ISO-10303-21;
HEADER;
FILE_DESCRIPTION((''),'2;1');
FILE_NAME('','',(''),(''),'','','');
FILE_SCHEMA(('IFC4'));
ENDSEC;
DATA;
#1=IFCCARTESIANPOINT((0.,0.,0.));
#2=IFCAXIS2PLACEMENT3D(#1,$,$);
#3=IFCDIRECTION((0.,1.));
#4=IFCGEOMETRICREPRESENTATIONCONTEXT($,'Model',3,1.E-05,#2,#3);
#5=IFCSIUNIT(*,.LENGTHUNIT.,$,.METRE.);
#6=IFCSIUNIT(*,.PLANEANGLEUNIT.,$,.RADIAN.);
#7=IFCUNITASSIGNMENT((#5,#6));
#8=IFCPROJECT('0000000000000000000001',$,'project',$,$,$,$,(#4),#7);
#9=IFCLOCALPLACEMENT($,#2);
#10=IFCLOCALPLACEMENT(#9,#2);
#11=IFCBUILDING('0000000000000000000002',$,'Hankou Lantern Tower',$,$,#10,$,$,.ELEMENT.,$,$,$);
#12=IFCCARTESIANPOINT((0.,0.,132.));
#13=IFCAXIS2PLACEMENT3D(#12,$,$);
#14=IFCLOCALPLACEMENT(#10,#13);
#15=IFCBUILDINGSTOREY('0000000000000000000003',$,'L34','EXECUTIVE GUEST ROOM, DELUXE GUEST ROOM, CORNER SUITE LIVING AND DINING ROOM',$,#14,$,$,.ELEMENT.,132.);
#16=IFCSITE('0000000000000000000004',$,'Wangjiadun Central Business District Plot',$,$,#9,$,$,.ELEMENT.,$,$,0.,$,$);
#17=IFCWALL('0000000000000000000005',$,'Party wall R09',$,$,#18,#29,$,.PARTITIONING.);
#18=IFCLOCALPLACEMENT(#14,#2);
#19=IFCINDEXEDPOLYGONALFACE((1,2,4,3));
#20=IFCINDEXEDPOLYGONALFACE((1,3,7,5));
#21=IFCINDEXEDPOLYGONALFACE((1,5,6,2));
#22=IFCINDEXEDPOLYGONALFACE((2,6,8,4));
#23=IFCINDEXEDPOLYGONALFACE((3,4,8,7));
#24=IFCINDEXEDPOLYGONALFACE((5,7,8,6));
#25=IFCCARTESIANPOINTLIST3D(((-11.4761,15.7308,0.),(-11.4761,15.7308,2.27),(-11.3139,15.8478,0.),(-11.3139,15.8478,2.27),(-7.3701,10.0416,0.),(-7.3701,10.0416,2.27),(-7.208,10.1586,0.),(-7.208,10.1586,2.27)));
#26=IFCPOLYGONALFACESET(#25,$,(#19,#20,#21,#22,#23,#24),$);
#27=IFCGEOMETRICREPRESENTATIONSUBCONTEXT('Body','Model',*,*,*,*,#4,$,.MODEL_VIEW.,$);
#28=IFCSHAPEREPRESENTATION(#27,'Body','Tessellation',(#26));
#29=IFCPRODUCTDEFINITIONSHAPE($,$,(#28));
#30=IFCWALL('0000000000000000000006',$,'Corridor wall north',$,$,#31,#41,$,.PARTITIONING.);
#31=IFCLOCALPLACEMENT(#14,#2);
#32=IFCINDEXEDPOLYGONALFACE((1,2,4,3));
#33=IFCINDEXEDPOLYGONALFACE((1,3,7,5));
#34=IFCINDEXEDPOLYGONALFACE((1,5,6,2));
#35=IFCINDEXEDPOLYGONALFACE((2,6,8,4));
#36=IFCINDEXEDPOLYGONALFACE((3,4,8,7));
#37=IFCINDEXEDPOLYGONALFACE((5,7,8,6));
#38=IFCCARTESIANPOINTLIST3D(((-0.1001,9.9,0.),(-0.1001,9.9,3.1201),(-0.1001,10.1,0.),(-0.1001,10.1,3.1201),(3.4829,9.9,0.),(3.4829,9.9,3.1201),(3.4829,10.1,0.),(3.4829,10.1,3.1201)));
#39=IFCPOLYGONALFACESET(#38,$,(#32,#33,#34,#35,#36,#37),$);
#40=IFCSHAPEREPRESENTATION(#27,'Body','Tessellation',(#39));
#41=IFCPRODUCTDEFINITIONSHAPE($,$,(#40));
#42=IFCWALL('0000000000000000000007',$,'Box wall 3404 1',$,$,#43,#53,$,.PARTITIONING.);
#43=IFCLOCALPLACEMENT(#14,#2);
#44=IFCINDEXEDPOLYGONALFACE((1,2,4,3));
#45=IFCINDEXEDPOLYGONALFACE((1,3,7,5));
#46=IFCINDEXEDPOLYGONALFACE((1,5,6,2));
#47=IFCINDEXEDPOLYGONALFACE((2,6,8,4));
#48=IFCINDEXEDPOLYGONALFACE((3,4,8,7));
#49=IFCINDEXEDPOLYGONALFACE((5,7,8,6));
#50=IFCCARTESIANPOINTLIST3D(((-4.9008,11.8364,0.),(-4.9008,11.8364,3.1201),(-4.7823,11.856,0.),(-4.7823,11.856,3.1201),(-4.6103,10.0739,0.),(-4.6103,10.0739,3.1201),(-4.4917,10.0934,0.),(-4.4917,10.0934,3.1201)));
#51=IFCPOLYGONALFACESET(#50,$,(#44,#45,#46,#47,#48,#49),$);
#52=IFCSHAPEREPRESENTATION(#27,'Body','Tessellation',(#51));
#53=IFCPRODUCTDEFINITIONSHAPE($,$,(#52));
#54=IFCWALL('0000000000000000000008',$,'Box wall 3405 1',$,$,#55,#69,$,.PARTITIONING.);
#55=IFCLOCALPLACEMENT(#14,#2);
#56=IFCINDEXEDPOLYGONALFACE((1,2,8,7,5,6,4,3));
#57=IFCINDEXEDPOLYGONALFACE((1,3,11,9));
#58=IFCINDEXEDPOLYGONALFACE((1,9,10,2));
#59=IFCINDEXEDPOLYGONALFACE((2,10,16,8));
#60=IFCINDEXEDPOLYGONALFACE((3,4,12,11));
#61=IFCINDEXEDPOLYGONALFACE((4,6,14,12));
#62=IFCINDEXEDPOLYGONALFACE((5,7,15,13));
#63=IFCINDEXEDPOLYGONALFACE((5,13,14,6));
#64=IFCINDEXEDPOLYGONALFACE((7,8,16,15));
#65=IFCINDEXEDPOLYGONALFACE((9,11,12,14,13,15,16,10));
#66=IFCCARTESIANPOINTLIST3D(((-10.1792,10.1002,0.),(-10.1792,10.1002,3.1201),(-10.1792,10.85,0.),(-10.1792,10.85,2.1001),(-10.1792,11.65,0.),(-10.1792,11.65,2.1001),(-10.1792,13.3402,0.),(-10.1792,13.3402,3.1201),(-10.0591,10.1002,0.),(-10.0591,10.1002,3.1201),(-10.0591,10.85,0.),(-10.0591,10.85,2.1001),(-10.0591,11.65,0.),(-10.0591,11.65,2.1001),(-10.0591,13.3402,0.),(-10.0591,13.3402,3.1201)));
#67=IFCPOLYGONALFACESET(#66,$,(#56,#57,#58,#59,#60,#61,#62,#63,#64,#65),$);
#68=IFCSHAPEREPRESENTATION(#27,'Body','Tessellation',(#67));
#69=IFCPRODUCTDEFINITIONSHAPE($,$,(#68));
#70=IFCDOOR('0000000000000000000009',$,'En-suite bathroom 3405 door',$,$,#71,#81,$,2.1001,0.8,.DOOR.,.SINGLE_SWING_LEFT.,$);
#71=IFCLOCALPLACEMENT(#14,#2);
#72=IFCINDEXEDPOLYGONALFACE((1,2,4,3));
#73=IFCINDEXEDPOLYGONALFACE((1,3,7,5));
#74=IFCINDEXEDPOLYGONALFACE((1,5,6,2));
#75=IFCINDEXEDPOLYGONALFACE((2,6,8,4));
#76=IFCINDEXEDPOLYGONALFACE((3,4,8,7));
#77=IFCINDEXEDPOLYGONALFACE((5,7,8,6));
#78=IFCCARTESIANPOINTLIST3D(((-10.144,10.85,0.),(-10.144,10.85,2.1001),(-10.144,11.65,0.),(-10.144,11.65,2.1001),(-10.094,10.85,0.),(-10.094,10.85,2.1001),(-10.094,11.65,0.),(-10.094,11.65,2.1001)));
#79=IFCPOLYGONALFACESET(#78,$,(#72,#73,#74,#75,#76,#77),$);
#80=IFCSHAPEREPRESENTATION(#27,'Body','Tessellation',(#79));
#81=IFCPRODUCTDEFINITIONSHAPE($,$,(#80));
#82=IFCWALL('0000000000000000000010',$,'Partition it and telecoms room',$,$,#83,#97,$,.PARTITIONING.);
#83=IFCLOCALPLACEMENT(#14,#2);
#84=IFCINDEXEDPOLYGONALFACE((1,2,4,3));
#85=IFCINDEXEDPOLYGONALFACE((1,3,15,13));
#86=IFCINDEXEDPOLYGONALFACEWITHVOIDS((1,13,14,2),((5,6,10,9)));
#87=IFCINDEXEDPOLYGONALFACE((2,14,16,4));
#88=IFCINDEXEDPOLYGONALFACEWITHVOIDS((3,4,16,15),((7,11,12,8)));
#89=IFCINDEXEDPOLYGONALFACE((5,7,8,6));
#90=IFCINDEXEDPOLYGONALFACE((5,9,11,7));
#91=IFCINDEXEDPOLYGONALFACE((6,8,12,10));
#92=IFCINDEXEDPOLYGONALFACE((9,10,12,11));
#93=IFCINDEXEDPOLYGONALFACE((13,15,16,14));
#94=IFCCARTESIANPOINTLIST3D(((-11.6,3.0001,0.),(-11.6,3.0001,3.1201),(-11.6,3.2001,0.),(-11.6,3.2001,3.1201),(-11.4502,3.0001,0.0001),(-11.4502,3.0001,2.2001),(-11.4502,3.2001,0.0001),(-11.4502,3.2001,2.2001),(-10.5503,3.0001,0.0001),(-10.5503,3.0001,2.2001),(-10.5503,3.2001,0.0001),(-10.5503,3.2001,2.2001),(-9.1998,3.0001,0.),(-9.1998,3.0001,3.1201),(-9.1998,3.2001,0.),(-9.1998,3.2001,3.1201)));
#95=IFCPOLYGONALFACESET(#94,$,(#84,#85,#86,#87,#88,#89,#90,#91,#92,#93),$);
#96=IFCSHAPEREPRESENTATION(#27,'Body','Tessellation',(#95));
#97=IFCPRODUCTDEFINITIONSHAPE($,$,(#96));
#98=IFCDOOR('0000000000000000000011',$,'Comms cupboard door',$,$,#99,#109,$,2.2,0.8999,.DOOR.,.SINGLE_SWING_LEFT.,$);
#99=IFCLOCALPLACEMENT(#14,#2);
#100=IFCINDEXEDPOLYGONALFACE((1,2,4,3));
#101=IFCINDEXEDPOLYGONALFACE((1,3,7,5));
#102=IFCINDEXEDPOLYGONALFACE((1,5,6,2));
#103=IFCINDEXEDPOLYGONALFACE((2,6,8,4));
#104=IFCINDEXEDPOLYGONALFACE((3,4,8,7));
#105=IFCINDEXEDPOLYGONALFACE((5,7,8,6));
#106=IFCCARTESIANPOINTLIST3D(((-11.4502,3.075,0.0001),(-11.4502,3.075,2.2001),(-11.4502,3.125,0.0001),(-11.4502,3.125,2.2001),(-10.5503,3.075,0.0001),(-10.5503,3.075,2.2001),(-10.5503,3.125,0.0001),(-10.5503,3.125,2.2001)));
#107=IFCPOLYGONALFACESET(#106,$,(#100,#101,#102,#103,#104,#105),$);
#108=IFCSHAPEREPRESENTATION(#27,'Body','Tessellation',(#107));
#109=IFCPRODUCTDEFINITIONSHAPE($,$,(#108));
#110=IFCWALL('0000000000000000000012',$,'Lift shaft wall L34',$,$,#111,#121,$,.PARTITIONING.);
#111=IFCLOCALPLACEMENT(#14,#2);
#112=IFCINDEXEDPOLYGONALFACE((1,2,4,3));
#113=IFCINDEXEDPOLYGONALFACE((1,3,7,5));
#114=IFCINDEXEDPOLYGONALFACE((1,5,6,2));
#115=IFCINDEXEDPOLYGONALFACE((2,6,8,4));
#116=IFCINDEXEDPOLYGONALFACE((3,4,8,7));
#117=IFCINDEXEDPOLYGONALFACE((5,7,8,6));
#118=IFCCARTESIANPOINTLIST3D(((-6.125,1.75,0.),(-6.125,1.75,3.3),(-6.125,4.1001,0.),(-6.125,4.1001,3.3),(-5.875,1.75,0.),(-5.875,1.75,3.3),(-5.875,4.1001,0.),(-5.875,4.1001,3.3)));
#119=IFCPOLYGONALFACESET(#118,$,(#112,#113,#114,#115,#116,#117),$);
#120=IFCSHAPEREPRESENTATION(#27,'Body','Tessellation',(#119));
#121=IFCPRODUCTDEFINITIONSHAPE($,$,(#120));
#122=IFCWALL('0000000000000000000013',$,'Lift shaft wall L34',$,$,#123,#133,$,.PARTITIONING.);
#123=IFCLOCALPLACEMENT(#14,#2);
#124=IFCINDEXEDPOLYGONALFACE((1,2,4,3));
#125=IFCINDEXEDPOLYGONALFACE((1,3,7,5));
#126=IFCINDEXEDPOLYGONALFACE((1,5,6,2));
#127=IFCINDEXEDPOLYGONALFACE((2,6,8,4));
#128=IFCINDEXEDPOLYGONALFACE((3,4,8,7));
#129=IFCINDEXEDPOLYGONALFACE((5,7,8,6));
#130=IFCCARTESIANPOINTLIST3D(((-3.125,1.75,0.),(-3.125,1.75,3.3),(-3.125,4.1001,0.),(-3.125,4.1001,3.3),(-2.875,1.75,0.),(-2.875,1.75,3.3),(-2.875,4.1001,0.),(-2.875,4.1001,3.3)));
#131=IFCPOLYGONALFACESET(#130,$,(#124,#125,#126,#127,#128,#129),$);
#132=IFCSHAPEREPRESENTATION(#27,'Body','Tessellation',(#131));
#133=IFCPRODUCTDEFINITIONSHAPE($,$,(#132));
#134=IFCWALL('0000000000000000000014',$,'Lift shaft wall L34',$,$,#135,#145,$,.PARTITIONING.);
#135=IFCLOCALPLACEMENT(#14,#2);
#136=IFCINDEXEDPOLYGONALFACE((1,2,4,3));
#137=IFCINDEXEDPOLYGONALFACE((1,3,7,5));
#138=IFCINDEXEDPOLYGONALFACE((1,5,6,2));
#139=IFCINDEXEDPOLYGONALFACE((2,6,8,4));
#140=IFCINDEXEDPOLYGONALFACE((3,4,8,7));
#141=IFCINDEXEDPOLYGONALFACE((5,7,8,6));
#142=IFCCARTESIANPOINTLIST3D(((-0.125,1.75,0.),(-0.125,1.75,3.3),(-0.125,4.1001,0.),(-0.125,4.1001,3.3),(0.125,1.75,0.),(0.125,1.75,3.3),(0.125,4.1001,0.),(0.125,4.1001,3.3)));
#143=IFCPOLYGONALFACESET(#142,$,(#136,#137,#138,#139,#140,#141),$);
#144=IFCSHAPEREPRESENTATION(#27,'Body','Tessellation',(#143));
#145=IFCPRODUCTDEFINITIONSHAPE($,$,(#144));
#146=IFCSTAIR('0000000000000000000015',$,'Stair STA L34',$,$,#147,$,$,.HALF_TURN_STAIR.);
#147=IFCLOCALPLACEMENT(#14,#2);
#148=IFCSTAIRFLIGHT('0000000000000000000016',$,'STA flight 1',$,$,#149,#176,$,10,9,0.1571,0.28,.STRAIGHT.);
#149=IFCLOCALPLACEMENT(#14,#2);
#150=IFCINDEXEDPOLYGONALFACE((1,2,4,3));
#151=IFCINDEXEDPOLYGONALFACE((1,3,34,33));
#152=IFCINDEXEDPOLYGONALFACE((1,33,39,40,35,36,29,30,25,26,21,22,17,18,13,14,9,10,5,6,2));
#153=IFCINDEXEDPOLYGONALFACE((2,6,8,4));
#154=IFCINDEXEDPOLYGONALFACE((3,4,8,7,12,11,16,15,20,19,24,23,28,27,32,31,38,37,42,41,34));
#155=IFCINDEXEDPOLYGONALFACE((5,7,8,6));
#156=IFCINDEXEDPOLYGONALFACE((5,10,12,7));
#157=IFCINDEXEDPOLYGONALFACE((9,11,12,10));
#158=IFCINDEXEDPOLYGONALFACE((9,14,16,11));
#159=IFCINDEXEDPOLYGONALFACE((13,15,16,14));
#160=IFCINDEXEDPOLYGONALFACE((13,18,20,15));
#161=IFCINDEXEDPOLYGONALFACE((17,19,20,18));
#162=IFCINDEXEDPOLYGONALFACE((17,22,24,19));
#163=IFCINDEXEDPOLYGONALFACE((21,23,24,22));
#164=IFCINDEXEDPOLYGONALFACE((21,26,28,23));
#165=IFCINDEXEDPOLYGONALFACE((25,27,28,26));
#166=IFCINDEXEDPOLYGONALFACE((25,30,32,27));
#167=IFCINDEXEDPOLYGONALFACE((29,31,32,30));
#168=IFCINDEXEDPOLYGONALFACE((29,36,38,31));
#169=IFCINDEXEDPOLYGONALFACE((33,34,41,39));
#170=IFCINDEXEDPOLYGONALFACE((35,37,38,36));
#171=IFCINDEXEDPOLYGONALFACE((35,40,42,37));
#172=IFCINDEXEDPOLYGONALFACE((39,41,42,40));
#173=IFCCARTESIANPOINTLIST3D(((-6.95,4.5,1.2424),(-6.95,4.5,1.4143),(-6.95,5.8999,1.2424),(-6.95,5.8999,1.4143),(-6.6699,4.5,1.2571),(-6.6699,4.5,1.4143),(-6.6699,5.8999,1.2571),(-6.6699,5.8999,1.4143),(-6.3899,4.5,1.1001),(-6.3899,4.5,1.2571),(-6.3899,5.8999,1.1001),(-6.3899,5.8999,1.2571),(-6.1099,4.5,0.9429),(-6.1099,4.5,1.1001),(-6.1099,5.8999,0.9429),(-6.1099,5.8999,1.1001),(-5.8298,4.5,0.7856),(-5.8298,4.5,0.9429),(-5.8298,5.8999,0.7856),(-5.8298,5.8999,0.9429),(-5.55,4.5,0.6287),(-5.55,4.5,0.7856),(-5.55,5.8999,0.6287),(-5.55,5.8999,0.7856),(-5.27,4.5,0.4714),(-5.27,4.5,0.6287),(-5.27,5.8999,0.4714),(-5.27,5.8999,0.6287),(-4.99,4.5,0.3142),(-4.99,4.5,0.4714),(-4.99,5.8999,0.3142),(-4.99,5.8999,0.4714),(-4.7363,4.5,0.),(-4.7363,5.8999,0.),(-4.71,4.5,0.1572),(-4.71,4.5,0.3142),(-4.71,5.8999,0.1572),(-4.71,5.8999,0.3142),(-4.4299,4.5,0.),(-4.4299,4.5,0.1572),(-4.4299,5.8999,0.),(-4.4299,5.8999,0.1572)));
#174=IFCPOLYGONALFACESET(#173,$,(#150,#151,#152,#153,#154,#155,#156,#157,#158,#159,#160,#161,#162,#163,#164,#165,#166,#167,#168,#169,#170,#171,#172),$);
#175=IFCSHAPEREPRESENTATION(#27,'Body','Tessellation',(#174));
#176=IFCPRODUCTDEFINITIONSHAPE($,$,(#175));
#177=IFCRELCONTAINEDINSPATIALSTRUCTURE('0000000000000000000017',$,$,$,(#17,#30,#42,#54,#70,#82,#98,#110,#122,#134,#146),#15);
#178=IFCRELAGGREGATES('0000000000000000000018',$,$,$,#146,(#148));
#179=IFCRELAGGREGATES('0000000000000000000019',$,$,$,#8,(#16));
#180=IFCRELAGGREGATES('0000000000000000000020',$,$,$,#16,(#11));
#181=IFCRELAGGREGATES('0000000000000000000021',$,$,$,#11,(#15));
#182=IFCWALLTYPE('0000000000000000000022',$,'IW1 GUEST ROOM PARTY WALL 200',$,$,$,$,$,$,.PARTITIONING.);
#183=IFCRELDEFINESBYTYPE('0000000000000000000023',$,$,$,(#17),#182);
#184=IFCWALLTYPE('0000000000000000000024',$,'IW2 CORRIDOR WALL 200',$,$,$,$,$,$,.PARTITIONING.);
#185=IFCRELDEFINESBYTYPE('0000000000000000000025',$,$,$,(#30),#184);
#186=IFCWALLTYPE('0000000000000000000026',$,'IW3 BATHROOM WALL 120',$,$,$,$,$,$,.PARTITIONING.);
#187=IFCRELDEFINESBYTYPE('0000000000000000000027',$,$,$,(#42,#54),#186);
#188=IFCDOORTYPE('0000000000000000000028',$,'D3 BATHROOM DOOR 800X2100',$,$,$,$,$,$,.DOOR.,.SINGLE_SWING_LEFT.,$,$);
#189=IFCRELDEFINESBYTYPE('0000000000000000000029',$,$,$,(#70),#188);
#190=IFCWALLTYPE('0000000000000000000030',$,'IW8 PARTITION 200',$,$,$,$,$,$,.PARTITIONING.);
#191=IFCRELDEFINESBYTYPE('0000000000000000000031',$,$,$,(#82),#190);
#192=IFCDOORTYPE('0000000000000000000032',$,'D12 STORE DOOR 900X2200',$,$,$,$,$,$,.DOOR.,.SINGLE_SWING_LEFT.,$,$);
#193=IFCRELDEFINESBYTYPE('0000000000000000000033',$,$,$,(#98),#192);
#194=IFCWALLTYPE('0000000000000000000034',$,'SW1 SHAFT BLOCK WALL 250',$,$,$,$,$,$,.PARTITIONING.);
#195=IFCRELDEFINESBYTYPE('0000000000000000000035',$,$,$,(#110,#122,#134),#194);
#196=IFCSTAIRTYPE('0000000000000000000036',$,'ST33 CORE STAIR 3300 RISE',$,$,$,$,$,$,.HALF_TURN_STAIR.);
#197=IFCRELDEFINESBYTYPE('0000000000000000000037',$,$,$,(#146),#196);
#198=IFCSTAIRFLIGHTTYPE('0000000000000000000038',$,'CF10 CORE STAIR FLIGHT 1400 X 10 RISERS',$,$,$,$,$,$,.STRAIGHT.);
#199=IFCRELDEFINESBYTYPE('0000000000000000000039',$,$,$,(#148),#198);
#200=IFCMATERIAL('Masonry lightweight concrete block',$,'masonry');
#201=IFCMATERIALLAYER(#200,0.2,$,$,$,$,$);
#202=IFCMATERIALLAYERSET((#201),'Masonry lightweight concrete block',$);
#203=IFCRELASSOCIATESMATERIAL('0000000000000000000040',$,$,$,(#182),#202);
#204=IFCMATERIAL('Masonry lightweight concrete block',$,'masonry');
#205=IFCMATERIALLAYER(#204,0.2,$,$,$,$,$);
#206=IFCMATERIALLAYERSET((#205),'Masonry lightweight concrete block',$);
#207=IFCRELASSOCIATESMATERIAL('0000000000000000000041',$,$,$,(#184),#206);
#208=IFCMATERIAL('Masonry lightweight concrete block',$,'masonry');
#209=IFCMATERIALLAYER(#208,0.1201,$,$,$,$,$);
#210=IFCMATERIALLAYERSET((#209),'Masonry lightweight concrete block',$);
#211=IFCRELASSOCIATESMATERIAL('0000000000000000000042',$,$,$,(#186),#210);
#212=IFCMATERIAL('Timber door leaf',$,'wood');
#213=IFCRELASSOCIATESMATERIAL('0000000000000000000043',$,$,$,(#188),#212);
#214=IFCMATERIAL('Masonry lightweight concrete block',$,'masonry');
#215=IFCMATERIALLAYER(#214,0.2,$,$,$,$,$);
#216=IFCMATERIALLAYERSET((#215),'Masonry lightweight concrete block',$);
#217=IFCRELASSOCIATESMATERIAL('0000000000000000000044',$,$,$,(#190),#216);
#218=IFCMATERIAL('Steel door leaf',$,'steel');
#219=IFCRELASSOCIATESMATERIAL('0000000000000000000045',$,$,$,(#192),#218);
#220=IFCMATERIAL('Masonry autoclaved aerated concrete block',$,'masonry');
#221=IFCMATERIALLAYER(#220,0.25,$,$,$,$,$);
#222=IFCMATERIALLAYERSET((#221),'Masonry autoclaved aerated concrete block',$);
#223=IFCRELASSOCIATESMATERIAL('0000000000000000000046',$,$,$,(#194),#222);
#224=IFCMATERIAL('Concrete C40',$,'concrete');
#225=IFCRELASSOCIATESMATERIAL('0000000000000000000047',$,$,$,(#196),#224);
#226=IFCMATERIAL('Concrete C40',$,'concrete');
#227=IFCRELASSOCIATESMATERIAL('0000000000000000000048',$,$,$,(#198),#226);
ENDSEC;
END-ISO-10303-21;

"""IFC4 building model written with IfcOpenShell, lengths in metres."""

from ifc_helpers import new_model, si_unit, direction, frame, frame_2d, origin, place, context, subcontext, project, spatial, polyline, rectangle, outline, extrude, material, layer, layer_set, type_object, element, fill, aggregate, save


model = new_model("IFC4")

# Units and contexts
model_context = context("Model", 3, precision=1e-05, world=origin(), true_north=direction((0.0, 1.0)))
body_context = subcontext(model_context, "Body", "Model", "MODEL_VIEW")
ifc_project = project(units=[si_unit("LENGTHUNIT", "METRE"), si_unit("PLANEANGLEUNIT", "RADIAN")], contexts=[model_context])

# Site, building, storey
site_placement = place(None, origin())
site = spatial("IfcSite", under=ifc_project, at=site_placement, Name="Wangjiadun Central Business District Plot", CompositionType="ELEMENT", RefElevation=0.0)
building_placement = place(site_placement, origin())
building = spatial("IfcBuilding", under=site, at=building_placement, Name="Hankou Lantern Tower", CompositionType="ELEMENT")
storey_placement = place(building_placement, frame((0.0, 0.0, 132.0)))
storey = spatial("IfcBuildingStorey", under=building, at=storey_placement, Name="L34", Description="EXECUTIVE GUEST ROOM, DELUXE GUEST ROOM, CORNER SUITE LIVING AND DINING ROOM", CompositionType="ELEMENT", Elevation=132.0)

# Walls
ifc_material_1 = material(Name="Masonry lightweight concrete block", Category="masonry")
ifc_layer_1 = layer(ifc_material_1, 0.2)
ifc_layer_set_1 = layer_set([ifc_layer_1], Name="Masonry lightweight concrete block")
wall_type_1 = type_object("IfcWallType", Name="IW1 GUEST ROOM PARTY WALL 200", PredefinedType="PARTITIONING", material=ifc_layer_set_1)
wall_1_placement = place(storey_placement, frame((-7.2891, 10.1001, 0.0), z_axis=(0.0, 0.0, 1.0), x_axis=(-0.585217, 0.810876, 0.0)))
element("IfcWall", 1, at=wall_1_placement, inside=storey, type_object=wall_type_1, Name="Party wall R09", PredefinedType="PARTITIONING", context=body_context, shape_type="SweptSolid", body=[
    extrude(rectangle(XDim=7.0161, YDim=0.2, at=frame_2d((3.5081, 0.0))), origin(), (0.0, 0.0, 1.0), 2.27),
])
ifc_material_2 = material(Name="Masonry lightweight concrete block", Category="masonry")
ifc_layer_2 = layer(ifc_material_2, 0.2)
ifc_layer_set_2 = layer_set([ifc_layer_2], Name="Masonry lightweight concrete block")
wall_type_2 = type_object("IfcWallType", Name="IW2 CORRIDOR WALL 200", PredefinedType="PARTITIONING", material=ifc_layer_set_2)
wall_2_placement = place(storey_placement, frame((-0.1001, 10.0, 0.0), z_axis=(0.0, 0.0, 1.0), x_axis=(1.0, 0.0, 0.0)))
element("IfcWall", 2, at=wall_2_placement, inside=storey, type_object=wall_type_2, Name="Corridor wall north", PredefinedType="PARTITIONING", context=body_context, shape_type="SweptSolid", body=[
    extrude(rectangle(XDim=3.583, YDim=0.2, at=frame_2d((1.7915, 0.0))), origin(), (0.0, 0.0, 1.0), 3.1201),
])
ifc_material_3 = material(Name="Masonry lightweight concrete block", Category="masonry")
ifc_layer_3 = layer(ifc_material_3, 0.1201)
ifc_layer_set_3 = layer_set([ifc_layer_3], Name="Masonry lightweight concrete block")
wall_type_3 = type_object("IfcWallType", Name="IW3 BATHROOM WALL 120", PredefinedType="PARTITIONING", material=ifc_layer_set_3)
wall_3_placement = place(storey_placement, frame((-4.551, 10.0837, 0.0), z_axis=(0.0, 0.0, 1.0), x_axis=(-0.162626, 0.986688, 0.0)))
element("IfcWall", 3, at=wall_3_placement, inside=storey, type_object=wall_type_3, Name="Box wall 3404 1", PredefinedType="PARTITIONING", context=body_context, shape_type="SweptSolid", body=[
    extrude(rectangle(XDim=1.7864, YDim=0.1201, at=frame_2d((0.8931, 0.0))), origin(), (0.0, 0.0, 1.0), 3.1201),
])

# Walls, openings, doors
wall_4_placement = place(storey_placement, frame((-10.1191, 10.1001, 0.0), z_axis=(0.0, 0.0, 1.0), x_axis=(0.0, 1.0, 0.0)))
wall_4 = element("IfcWall", 4, at=wall_4_placement, inside=storey, type_object=wall_type_3, Name="Box wall 3405 1", PredefinedType="PARTITIONING", context=body_context, shape_type="SweptSolid", body=[
    extrude(rectangle(XDim=3.24, YDim=0.1201, at=frame_2d((1.6201, 0.0))), origin(), (0.0, 0.0, 1.0), 3.1201),
])
opening_1_placement = place(wall_4_placement, frame((0.75, 0.0, 0.0)))
opening_1 = element("IfcOpeningElement", 5, at=opening_1_placement, cuts=wall_4, PredefinedType="OPENING", context=body_context, shape_type="SweptSolid", body=[
    extrude(rectangle(XDim=0.8, YDim=2.1001, at=frame_2d((0.3999, 1.05))), frame((0.0, 0.0701, 0.0), z_axis=(0.0, -1.0, 0.0), x_axis=(1.0, 0.0, 0.0)), (0.0, 0.0, 1.0), 0.1401),
])
ifc_material_4 = material(Name="Timber door leaf", Category="wood")
door_type_1 = type_object("IfcDoorType", Name="D3 BATHROOM DOOR 800X2100", OperationType="SINGLE_SWING_LEFT", PredefinedType="DOOR", material=ifc_material_4)
door_1_placement = place(opening_1_placement, origin())
door_1 = element("IfcDoor", 6, at=door_1_placement, inside=storey, type_object=door_type_1, Name="En-suite bathroom 3405 door", OperationType="SINGLE_SWING_LEFT", OverallHeight=2.1001, OverallWidth=0.8, PredefinedType="DOOR", context=body_context, shape_type="SweptSolid", body=[
    extrude(rectangle(XDim=0.8, YDim=2.1001, at=frame_2d((0.3999, 1.05))), frame((0.0, 0.0249, 0.0), z_axis=(0.0, -1.0, 0.0), x_axis=(1.0, 0.0, 0.0)), (0.0, 0.0, 1.0), 0.05),
])
fill(opening_1, door_1)
ifc_material_5 = material(Name="Masonry lightweight concrete block", Category="masonry")
ifc_layer_4 = layer(ifc_material_5, 0.2)
ifc_layer_set_4 = layer_set([ifc_layer_4], Name="Masonry lightweight concrete block")
wall_type_4 = type_object("IfcWallType", Name="IW8 PARTITION 200", PredefinedType="PARTITIONING", material=ifc_layer_set_4)
wall_5_placement = place(storey_placement, frame((-11.6001, 3.1001, 0.0), z_axis=(0.0, 0.0, 1.0), x_axis=(1.0, 0.0, 0.0)))
wall_5 = element("IfcWall", 7, at=wall_5_placement, inside=storey, type_object=wall_type_4, Name="Partition it and telecoms room", PredefinedType="PARTITIONING", context=body_context, shape_type="SweptSolid", body=[
    extrude(rectangle(XDim=2.4001, YDim=0.2, at=frame_2d((1.2002, 0.0))), origin(), (0.0, 0.0, 1.0), 3.1201),
])
opening_2_placement = place(wall_5_placement, frame((0.1499, 0.0, 0.0)))
opening_2 = element("IfcOpeningElement", 8, at=opening_2_placement, cuts=wall_5, PredefinedType="OPENING", context=body_context, shape_type="SweptSolid", body=[
    extrude(rectangle(XDim=0.8999, YDim=2.2, at=frame_2d((0.45, 1.1001))), frame((0.0, 0.1099, 0.0), z_axis=(0.0, -1.0, 0.0), x_axis=(1.0, 0.0, 0.0)), (0.0, 0.0, 1.0), 0.22),
])
ifc_material_6 = material(Name="Steel door leaf", Category="steel")
door_type_2 = type_object("IfcDoorType", Name="D12 STORE DOOR 900X2200", OperationType="SINGLE_SWING_LEFT", PredefinedType="DOOR", material=ifc_material_6)
door_2_placement = place(opening_2_placement, origin())
door_2 = element("IfcDoor", 9, at=door_2_placement, inside=storey, type_object=door_type_2, Name="Comms cupboard door", OperationType="SINGLE_SWING_LEFT", OverallHeight=2.2, OverallWidth=0.8999, PredefinedType="DOOR", context=body_context, shape_type="SweptSolid", body=[
    extrude(rectangle(XDim=0.8999, YDim=2.2, at=frame_2d((0.45, 1.1001))), frame((0.0, 0.0249, 0.0), z_axis=(0.0, -1.0, 0.0), x_axis=(1.0, 0.0, 0.0)), (0.0, 0.0, 1.0), 0.05),
])
fill(opening_2, door_2)

# Walls
ifc_material_7 = material(Name="Masonry autoclaved aerated concrete block", Category="masonry")
ifc_layer_5 = layer(ifc_material_7, 0.25)
ifc_layer_set_5 = layer_set([ifc_layer_5], Name="Masonry autoclaved aerated concrete block")
wall_type_5 = type_object("IfcWallType", Name="SW1 SHAFT BLOCK WALL 250", PredefinedType="PARTITIONING", material=ifc_layer_set_5)
for number, where, z_axis, x_axis, name in (
    (10, (-6.0, 1.75, 0.0), (0.0, 0.0, 1.0), (0.0, 1.0, 0.0), "Lift shaft wall L34"),
    (11, (-3.0, 1.75, 0.0), (0.0, 0.0, 1.0), (0.0, 1.0, 0.0), "Lift shaft wall L34"),
    (12, (0.0, 1.75, 0.0), (0.0, 0.0, 1.0), (0.0, 1.0, 0.0), "Lift shaft wall L34"),
):
    element("IfcWall", number, at=place(storey_placement, frame(where, z_axis=z_axis, x_axis=x_axis)), inside=storey, type_object=wall_type_5, Name=name, PredefinedType="PARTITIONING", context=body_context, shape_type="SweptSolid", body=[
        extrude(rectangle(XDim=2.3501, YDim=0.25, at=frame_2d((1.175, 0.0))), origin(), (0.0, 0.0, 1.0), 3.3),
    ])

# Stair, stair flight
ifc_material_8 = material(Name="Concrete C40", Category="concrete")
stair_type = type_object("IfcStairType", Name="ST33 CORE STAIR 3300 RISE", PredefinedType="HALF_TURN_STAIR", material=ifc_material_8)
stair_placement = place(storey_placement, origin())
stair = element("IfcStair", 13, at=stair_placement, inside=storey, type_object=stair_type, Name="Stair STA L34", PredefinedType="HALF_TURN_STAIR")
ifc_material_9 = material(Name="Concrete C40", Category="concrete")
stair_flight_type_1 = type_object("IfcStairFlightType", Name="CF10 CORE STAIR FLIGHT 1400 X 10 RISERS", PredefinedType="STRAIGHT", material=ifc_material_9)
stair_flight_1_placement = place(storey_placement, frame((-4.4299, 5.2, 0.0), z_axis=(0.0, 0.0, 1.0), x_axis=(-1.0, 0.0, 0.0)))
stair_flight_1 = element("IfcStairFlight", 14, at=stair_flight_1_placement, type_object=stair_flight_type_1, Name="STA flight 1", NumberOfRisers=10, NumberOfTreads=9, PredefinedType="STRAIGHT", RiserHeight=0.1571, TreadLength=0.28, context=body_context, shape_type="SweptSolid", body=[
    extrude(outline(polyline([(0.0, 0.0), (0.0, 0.1572), (0.28, 0.1572), (0.28, 0.3142), (0.5601, 0.3142), (0.5601, 0.4714), (0.8401, 0.4714), (0.8401, 0.6287), (1.1201, 0.6287), (1.1201, 0.7856), (1.3999, 0.7856), (1.3999, 0.9429), (1.6799, 0.9429), (1.6799, 1.1001), (1.96, 1.1001), (1.96, 1.2571), (2.24, 1.2571), (2.24, 1.4143), (2.52, 1.4143), (2.52, 1.5715), (2.52, 1.2424), (0.3064, 0.0), (0.0, 0.0)])), frame((0.0, 0.7, 0.0), z_axis=(0.0, -1.0, 0.0), x_axis=(1.0, 0.0, 0.0)), (0.0, 0.0, 1.0), 1.3999),
])
aggregate(stair, [stair_flight_1])

save(model, "model.ifc")
